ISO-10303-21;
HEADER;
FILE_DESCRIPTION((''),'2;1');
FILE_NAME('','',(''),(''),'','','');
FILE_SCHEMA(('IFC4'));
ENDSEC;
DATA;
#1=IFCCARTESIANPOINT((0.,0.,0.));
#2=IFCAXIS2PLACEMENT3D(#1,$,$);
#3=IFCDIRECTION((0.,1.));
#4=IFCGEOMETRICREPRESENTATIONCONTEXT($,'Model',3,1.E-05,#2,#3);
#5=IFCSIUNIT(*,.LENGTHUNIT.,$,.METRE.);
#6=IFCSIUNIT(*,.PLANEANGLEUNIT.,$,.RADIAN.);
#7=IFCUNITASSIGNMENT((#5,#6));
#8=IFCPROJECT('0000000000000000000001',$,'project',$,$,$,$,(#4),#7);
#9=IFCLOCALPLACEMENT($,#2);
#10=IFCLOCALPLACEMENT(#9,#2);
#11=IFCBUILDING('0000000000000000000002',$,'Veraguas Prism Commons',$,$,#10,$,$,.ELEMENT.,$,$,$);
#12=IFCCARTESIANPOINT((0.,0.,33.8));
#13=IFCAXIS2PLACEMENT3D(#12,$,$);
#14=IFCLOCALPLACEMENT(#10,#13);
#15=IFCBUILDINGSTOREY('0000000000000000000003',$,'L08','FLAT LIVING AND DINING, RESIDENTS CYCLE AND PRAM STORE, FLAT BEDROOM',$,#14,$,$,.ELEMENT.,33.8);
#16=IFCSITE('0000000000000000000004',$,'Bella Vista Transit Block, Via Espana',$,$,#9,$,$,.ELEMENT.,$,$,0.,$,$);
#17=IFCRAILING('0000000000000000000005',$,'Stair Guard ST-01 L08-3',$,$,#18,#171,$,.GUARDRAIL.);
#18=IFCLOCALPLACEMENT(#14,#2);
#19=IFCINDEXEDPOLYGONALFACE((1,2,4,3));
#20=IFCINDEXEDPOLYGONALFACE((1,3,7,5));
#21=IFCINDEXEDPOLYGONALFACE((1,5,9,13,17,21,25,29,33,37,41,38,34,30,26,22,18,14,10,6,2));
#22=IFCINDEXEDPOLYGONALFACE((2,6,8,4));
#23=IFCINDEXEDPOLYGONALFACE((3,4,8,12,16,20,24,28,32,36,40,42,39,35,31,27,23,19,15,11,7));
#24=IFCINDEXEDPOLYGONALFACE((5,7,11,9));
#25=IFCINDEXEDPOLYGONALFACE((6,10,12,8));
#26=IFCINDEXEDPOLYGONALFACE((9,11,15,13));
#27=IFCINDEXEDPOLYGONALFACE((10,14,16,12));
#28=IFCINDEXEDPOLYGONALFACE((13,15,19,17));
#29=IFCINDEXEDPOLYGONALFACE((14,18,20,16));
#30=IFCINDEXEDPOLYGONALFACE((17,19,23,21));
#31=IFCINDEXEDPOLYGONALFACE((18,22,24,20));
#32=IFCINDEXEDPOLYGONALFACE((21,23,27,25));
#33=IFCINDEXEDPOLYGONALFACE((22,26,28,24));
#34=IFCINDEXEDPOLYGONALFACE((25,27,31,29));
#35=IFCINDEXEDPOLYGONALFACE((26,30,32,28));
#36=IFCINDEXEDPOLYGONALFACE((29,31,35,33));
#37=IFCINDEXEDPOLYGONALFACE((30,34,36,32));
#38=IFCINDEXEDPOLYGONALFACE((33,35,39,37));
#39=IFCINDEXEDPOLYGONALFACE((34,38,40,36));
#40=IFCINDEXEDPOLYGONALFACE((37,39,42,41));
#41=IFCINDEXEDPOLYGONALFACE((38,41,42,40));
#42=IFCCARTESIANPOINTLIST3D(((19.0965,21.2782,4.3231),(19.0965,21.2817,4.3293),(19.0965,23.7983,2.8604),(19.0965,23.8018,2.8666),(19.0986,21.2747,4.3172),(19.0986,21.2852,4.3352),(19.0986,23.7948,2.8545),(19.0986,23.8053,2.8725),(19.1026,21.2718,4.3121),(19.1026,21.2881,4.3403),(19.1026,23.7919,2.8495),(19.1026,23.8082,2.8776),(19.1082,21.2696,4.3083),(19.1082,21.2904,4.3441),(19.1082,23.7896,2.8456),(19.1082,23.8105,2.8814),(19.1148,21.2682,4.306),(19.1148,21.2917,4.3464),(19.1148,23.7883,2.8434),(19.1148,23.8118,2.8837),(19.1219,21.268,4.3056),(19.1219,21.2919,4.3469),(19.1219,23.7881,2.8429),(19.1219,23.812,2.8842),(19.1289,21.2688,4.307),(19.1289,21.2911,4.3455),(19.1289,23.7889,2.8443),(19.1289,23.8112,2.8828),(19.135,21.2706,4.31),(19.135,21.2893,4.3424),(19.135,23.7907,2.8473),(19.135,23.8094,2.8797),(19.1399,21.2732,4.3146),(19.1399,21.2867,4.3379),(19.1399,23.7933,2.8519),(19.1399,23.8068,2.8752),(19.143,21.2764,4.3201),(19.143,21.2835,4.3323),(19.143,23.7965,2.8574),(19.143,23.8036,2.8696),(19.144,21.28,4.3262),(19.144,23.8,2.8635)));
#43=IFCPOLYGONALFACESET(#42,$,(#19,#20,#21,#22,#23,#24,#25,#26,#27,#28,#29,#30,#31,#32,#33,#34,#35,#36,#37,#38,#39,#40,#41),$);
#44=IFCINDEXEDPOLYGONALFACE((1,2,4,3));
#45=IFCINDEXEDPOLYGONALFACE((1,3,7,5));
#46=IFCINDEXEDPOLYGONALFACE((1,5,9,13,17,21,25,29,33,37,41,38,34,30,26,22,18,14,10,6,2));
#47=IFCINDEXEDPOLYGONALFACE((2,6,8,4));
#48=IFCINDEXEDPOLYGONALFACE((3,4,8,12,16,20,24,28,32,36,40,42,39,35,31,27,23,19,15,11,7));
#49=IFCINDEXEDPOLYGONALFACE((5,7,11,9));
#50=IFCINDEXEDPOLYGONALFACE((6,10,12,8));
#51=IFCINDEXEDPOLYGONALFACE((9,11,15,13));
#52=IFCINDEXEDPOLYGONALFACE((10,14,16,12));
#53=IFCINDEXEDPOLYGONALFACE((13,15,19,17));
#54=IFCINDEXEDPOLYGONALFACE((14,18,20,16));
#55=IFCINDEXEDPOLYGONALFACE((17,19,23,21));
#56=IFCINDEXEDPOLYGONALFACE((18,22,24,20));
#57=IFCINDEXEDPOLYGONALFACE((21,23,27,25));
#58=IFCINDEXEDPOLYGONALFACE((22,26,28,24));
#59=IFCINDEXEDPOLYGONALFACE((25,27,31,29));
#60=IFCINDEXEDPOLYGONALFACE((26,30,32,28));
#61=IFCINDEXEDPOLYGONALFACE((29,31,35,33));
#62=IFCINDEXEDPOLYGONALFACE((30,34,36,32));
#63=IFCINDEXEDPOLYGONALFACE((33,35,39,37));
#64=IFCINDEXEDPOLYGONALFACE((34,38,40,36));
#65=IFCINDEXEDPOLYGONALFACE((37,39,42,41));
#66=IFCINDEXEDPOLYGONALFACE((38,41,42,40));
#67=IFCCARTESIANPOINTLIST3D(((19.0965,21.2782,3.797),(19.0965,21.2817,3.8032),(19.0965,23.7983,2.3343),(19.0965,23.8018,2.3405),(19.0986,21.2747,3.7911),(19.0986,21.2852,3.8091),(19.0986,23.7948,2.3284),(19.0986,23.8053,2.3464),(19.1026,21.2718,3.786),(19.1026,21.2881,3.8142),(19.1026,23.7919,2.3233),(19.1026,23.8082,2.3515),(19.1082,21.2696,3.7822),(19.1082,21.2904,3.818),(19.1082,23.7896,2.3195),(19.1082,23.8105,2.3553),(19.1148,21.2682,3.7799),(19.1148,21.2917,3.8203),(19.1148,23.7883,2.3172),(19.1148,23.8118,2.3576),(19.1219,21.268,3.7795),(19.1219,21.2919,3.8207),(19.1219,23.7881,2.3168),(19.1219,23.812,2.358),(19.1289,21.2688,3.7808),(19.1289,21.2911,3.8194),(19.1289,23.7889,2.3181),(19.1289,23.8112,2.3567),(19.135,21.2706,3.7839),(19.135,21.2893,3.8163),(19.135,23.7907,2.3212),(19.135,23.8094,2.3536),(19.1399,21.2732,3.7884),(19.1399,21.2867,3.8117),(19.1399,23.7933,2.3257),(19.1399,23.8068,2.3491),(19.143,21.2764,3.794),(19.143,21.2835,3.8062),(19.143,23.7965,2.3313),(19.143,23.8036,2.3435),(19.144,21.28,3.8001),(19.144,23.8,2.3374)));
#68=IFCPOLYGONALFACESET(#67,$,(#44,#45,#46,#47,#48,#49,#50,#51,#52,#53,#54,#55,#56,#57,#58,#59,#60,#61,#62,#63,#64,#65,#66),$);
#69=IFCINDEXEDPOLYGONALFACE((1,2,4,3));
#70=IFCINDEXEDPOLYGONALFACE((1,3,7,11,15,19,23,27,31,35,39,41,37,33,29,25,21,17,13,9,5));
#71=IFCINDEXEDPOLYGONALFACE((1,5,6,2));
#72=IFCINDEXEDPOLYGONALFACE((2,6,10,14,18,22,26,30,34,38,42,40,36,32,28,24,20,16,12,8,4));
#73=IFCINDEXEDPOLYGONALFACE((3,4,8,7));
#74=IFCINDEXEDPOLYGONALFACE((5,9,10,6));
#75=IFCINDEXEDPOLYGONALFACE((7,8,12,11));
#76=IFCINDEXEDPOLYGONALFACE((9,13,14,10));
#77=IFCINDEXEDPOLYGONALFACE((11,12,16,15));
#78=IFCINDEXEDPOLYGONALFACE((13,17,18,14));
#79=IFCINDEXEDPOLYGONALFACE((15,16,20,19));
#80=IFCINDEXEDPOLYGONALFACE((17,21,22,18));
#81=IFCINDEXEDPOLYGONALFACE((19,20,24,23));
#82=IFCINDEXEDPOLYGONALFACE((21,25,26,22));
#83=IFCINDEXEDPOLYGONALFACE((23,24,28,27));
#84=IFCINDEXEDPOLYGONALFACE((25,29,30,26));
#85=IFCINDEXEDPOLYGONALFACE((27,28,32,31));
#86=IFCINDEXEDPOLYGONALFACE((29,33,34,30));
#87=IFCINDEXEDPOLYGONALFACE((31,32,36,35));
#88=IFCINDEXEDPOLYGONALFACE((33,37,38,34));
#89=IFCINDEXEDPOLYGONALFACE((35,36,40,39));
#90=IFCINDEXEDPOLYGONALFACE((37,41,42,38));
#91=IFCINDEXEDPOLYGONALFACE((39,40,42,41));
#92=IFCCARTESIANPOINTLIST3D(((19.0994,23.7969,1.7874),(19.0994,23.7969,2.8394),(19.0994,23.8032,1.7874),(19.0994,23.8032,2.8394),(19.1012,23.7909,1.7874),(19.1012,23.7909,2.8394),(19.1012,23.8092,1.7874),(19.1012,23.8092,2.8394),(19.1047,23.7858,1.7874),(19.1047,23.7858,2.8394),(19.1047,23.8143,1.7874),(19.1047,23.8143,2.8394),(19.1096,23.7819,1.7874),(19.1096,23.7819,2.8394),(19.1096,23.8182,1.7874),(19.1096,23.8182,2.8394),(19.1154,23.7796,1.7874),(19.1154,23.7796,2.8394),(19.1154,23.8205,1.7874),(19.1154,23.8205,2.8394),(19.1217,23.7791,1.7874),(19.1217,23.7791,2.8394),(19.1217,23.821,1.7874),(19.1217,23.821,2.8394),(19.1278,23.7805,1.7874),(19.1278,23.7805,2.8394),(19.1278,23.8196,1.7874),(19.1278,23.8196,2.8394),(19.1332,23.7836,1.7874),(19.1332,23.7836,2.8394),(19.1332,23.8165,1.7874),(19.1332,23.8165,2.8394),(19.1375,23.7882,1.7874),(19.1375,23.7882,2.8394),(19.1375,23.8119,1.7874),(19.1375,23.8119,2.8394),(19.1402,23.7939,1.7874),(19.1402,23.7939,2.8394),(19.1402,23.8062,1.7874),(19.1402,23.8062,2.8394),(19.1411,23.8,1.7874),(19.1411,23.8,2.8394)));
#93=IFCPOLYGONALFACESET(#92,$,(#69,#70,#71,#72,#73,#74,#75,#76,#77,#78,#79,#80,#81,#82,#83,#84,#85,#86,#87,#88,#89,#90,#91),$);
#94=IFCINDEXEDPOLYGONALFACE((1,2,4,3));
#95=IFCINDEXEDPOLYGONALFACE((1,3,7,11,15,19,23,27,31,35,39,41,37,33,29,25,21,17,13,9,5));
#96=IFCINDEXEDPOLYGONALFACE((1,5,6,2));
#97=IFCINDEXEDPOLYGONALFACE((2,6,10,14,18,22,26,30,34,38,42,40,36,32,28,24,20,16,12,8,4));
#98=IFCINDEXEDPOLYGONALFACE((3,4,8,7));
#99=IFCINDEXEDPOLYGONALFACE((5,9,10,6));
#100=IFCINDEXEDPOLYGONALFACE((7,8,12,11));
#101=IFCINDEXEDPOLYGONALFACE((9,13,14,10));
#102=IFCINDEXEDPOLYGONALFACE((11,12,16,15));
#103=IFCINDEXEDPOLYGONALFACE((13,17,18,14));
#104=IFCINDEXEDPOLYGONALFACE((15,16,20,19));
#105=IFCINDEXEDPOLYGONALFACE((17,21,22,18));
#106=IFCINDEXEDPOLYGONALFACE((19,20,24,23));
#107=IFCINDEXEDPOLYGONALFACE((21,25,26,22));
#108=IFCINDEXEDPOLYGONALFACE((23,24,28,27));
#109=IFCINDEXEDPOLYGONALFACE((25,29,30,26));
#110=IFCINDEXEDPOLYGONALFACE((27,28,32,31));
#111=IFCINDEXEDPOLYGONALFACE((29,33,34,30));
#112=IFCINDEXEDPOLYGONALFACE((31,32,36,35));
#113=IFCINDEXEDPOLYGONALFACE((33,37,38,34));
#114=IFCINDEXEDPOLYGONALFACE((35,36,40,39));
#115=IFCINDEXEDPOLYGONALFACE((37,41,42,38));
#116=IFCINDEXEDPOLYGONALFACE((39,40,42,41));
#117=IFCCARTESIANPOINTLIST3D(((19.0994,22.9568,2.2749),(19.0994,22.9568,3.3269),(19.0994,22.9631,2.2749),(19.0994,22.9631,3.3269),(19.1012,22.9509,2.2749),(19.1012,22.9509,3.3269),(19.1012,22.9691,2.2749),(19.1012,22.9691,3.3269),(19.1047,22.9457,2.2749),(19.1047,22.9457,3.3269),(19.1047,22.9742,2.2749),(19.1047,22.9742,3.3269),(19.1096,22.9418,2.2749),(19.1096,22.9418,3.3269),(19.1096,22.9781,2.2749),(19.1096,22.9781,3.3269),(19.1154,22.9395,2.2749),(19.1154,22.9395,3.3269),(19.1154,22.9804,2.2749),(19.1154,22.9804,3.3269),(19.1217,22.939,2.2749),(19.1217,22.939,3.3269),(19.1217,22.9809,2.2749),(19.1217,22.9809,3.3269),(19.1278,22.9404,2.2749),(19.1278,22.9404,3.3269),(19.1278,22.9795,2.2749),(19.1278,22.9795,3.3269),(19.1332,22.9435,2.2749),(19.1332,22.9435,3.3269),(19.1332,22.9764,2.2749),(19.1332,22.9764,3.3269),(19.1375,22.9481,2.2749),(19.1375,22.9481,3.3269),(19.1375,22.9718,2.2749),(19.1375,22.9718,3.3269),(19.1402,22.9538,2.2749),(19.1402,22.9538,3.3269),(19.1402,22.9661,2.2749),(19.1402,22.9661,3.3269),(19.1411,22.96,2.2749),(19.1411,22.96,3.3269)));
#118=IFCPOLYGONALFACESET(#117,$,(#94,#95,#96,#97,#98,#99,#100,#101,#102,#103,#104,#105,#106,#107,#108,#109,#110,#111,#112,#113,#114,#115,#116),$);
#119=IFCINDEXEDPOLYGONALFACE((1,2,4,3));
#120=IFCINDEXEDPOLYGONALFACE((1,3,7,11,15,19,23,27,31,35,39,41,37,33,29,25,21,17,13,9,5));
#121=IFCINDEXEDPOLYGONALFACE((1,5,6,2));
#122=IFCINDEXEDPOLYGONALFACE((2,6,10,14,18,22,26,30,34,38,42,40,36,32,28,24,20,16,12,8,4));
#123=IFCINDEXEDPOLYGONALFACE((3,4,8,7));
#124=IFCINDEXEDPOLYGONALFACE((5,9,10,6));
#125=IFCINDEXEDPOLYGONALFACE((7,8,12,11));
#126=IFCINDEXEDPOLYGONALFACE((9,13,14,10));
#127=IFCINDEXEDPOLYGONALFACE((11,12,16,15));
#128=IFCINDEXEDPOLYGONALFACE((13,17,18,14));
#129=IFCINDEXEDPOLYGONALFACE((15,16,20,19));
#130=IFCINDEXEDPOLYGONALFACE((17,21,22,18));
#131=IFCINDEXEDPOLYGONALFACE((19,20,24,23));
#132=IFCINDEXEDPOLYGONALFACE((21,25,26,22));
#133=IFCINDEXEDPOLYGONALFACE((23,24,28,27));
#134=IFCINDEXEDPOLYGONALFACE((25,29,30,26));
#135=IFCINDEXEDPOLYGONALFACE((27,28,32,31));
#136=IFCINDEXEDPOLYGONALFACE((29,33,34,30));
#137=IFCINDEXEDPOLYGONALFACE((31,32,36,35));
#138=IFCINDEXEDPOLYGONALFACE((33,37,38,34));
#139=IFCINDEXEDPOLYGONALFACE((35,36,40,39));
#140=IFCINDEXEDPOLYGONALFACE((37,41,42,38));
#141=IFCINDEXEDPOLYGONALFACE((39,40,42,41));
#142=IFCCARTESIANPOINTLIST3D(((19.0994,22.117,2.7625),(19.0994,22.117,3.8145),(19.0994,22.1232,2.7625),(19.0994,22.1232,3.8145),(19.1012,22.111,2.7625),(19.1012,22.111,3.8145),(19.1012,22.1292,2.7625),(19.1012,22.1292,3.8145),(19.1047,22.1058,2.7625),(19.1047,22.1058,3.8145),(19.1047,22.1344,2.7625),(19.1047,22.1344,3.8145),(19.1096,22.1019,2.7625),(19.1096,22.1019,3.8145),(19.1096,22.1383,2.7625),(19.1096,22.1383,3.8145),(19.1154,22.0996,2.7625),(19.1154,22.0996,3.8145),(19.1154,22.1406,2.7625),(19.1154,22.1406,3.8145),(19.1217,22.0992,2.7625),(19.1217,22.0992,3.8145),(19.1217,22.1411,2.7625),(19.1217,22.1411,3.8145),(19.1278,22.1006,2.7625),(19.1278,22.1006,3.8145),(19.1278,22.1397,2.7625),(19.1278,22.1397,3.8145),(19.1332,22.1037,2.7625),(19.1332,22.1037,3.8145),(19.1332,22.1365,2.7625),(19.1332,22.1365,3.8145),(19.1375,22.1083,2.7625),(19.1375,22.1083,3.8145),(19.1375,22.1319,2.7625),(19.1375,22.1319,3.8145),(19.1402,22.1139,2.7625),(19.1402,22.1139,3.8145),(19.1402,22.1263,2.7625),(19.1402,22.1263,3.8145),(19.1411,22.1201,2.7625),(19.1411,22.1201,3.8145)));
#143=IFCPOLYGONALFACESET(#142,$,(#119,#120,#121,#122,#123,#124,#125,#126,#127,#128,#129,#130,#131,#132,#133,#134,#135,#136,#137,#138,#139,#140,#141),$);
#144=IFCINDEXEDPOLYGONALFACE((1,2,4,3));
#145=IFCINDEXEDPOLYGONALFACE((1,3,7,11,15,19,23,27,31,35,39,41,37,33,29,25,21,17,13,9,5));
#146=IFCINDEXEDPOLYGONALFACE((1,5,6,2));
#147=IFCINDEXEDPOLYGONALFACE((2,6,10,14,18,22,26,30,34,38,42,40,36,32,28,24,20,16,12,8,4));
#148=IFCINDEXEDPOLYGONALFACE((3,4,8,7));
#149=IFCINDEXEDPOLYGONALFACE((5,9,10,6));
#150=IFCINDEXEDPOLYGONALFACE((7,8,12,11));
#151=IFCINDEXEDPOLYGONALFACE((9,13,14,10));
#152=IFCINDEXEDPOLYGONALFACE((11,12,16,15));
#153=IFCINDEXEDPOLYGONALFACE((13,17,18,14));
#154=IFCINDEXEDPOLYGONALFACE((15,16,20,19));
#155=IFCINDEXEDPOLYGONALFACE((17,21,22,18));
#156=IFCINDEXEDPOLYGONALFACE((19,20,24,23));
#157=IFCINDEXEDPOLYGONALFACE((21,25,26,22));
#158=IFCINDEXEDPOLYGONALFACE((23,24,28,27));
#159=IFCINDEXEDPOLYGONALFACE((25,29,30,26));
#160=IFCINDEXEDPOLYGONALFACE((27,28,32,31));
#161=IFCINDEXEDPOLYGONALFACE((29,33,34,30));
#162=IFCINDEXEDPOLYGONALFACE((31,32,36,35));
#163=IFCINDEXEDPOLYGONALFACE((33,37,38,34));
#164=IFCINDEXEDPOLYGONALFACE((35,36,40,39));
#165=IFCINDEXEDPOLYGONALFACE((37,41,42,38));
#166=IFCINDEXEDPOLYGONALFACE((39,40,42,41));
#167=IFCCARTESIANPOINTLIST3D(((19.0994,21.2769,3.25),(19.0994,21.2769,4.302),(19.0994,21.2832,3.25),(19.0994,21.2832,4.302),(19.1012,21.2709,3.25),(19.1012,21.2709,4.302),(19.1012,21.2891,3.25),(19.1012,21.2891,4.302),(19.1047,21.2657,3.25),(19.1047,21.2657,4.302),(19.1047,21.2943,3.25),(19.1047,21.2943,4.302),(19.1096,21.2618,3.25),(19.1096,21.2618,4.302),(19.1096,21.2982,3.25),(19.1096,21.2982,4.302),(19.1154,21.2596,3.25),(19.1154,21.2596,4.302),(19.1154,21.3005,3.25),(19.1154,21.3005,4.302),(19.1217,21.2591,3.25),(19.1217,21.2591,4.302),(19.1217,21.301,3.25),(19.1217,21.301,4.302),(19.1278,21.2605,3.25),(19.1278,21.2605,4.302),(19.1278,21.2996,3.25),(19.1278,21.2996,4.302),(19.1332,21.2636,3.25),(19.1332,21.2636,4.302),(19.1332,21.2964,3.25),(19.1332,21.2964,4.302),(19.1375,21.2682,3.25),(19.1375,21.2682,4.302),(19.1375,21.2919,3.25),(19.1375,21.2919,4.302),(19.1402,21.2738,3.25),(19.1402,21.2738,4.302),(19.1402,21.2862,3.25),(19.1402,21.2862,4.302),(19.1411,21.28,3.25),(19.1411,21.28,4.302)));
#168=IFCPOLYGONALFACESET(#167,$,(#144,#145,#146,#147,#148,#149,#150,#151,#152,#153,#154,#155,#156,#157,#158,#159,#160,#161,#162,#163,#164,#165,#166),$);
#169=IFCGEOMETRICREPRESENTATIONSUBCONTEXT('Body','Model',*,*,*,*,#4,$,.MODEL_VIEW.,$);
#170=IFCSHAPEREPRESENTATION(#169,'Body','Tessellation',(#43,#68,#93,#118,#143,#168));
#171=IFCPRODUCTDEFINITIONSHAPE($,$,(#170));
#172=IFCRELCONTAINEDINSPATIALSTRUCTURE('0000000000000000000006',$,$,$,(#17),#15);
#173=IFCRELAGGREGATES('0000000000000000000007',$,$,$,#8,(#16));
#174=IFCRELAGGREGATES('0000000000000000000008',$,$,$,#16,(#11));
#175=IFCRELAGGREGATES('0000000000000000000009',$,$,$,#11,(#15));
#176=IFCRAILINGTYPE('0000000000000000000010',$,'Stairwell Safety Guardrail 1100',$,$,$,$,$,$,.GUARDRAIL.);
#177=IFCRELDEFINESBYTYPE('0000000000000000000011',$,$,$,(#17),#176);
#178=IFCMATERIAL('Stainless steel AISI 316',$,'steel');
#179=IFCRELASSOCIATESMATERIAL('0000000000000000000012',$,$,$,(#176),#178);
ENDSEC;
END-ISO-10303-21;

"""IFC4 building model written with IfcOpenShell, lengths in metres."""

from ifc_helpers import new_model, si_unit, direction, frame, origin, origin_2d, place, context, subcontext, project, spatial, circle, extrude, material, type_object, element, save


model = new_model("IFC4")

# Units and contexts
model_context = context("Model", 3, precision=1e-05, world=origin(), true_north=direction((0.0, 1.0)))
body_context = subcontext(model_context, "Body", "Model", "MODEL_VIEW")
ifc_project = project(units=[si_unit("LENGTHUNIT", "METRE"), si_unit("PLANEANGLEUNIT", "RADIAN")], contexts=[model_context])

# Site, building, storey
site_placement = place(None, origin())
site = spatial("IfcSite", under=ifc_project, at=site_placement, Name="Bella Vista Transit Block, Via Espana", CompositionType="ELEMENT", RefElevation=0.0)
building_placement = place(site_placement, origin())
building = spatial("IfcBuilding", under=site, at=building_placement, Name="Veraguas Prism Commons", CompositionType="ELEMENT")
storey_placement = place(building_placement, frame((0.0, 0.0, 33.8)))
storey = spatial("IfcBuildingStorey", under=building, at=storey_placement, Name="L08", Description="FLAT LIVING AND DINING, RESIDENTS CYCLE AND PRAM STORE, FLAT BEDROOM", CompositionType="ELEMENT", Elevation=33.8)

# Railing
ifc_material_1 = material(Name="Stainless steel AISI 316", Category="steel")
railing_type_1 = type_object("IfcRailingType", Name="Stairwell Safety Guardrail 1100", PredefinedType="GUARDRAIL", material=ifc_material_1)
railing_1_placement = place(storey_placement, frame((19.1201, 23.8, 1.7874)))
element("IfcRailing", 1, at=railing_1_placement, inside=storey, type_object=railing_type_1, Name="Stair Guard ST-01 L08-3", PredefinedType="GUARDRAIL", context=body_context, shape_type="SweptSolid", body=[
    extrude(circle(Radius=0.0239, at=origin_2d()), frame((0.0, 0.0, 1.0762), z_axis=(0.0, -0.864877, 0.501984), x_axis=(1.0, 0.0, 0.0)), (0.0, 0.0, 1.0), 2.9138),
    extrude(circle(Radius=0.0239, at=origin_2d()), frame((0.0, 0.0, 0.55), z_axis=(0.0, -0.864877, 0.501984), x_axis=(1.0, 0.0, 0.0)), (0.0, 0.0, 1.0), 2.9138),
    extrude(circle(Radius=0.021, at=origin_2d()), origin(), (0.0, 0.0, 1.0), 1.052),
    extrude(circle(Radius=0.021, at=origin_2d()), frame((0.0, -0.8401, 0.4875)), (0.0, 0.0, 1.0), 1.052),
    extrude(circle(Radius=0.021, at=origin_2d()), frame((0.0, -1.6799, 0.9751)), (0.0, 0.0, 1.0), 1.052),
    extrude(circle(Radius=0.021, at=origin_2d()), frame((0.0, -2.52, 1.4626)), (0.0, 0.0, 1.0), 1.052),
])

save(model, "model.ifc")
